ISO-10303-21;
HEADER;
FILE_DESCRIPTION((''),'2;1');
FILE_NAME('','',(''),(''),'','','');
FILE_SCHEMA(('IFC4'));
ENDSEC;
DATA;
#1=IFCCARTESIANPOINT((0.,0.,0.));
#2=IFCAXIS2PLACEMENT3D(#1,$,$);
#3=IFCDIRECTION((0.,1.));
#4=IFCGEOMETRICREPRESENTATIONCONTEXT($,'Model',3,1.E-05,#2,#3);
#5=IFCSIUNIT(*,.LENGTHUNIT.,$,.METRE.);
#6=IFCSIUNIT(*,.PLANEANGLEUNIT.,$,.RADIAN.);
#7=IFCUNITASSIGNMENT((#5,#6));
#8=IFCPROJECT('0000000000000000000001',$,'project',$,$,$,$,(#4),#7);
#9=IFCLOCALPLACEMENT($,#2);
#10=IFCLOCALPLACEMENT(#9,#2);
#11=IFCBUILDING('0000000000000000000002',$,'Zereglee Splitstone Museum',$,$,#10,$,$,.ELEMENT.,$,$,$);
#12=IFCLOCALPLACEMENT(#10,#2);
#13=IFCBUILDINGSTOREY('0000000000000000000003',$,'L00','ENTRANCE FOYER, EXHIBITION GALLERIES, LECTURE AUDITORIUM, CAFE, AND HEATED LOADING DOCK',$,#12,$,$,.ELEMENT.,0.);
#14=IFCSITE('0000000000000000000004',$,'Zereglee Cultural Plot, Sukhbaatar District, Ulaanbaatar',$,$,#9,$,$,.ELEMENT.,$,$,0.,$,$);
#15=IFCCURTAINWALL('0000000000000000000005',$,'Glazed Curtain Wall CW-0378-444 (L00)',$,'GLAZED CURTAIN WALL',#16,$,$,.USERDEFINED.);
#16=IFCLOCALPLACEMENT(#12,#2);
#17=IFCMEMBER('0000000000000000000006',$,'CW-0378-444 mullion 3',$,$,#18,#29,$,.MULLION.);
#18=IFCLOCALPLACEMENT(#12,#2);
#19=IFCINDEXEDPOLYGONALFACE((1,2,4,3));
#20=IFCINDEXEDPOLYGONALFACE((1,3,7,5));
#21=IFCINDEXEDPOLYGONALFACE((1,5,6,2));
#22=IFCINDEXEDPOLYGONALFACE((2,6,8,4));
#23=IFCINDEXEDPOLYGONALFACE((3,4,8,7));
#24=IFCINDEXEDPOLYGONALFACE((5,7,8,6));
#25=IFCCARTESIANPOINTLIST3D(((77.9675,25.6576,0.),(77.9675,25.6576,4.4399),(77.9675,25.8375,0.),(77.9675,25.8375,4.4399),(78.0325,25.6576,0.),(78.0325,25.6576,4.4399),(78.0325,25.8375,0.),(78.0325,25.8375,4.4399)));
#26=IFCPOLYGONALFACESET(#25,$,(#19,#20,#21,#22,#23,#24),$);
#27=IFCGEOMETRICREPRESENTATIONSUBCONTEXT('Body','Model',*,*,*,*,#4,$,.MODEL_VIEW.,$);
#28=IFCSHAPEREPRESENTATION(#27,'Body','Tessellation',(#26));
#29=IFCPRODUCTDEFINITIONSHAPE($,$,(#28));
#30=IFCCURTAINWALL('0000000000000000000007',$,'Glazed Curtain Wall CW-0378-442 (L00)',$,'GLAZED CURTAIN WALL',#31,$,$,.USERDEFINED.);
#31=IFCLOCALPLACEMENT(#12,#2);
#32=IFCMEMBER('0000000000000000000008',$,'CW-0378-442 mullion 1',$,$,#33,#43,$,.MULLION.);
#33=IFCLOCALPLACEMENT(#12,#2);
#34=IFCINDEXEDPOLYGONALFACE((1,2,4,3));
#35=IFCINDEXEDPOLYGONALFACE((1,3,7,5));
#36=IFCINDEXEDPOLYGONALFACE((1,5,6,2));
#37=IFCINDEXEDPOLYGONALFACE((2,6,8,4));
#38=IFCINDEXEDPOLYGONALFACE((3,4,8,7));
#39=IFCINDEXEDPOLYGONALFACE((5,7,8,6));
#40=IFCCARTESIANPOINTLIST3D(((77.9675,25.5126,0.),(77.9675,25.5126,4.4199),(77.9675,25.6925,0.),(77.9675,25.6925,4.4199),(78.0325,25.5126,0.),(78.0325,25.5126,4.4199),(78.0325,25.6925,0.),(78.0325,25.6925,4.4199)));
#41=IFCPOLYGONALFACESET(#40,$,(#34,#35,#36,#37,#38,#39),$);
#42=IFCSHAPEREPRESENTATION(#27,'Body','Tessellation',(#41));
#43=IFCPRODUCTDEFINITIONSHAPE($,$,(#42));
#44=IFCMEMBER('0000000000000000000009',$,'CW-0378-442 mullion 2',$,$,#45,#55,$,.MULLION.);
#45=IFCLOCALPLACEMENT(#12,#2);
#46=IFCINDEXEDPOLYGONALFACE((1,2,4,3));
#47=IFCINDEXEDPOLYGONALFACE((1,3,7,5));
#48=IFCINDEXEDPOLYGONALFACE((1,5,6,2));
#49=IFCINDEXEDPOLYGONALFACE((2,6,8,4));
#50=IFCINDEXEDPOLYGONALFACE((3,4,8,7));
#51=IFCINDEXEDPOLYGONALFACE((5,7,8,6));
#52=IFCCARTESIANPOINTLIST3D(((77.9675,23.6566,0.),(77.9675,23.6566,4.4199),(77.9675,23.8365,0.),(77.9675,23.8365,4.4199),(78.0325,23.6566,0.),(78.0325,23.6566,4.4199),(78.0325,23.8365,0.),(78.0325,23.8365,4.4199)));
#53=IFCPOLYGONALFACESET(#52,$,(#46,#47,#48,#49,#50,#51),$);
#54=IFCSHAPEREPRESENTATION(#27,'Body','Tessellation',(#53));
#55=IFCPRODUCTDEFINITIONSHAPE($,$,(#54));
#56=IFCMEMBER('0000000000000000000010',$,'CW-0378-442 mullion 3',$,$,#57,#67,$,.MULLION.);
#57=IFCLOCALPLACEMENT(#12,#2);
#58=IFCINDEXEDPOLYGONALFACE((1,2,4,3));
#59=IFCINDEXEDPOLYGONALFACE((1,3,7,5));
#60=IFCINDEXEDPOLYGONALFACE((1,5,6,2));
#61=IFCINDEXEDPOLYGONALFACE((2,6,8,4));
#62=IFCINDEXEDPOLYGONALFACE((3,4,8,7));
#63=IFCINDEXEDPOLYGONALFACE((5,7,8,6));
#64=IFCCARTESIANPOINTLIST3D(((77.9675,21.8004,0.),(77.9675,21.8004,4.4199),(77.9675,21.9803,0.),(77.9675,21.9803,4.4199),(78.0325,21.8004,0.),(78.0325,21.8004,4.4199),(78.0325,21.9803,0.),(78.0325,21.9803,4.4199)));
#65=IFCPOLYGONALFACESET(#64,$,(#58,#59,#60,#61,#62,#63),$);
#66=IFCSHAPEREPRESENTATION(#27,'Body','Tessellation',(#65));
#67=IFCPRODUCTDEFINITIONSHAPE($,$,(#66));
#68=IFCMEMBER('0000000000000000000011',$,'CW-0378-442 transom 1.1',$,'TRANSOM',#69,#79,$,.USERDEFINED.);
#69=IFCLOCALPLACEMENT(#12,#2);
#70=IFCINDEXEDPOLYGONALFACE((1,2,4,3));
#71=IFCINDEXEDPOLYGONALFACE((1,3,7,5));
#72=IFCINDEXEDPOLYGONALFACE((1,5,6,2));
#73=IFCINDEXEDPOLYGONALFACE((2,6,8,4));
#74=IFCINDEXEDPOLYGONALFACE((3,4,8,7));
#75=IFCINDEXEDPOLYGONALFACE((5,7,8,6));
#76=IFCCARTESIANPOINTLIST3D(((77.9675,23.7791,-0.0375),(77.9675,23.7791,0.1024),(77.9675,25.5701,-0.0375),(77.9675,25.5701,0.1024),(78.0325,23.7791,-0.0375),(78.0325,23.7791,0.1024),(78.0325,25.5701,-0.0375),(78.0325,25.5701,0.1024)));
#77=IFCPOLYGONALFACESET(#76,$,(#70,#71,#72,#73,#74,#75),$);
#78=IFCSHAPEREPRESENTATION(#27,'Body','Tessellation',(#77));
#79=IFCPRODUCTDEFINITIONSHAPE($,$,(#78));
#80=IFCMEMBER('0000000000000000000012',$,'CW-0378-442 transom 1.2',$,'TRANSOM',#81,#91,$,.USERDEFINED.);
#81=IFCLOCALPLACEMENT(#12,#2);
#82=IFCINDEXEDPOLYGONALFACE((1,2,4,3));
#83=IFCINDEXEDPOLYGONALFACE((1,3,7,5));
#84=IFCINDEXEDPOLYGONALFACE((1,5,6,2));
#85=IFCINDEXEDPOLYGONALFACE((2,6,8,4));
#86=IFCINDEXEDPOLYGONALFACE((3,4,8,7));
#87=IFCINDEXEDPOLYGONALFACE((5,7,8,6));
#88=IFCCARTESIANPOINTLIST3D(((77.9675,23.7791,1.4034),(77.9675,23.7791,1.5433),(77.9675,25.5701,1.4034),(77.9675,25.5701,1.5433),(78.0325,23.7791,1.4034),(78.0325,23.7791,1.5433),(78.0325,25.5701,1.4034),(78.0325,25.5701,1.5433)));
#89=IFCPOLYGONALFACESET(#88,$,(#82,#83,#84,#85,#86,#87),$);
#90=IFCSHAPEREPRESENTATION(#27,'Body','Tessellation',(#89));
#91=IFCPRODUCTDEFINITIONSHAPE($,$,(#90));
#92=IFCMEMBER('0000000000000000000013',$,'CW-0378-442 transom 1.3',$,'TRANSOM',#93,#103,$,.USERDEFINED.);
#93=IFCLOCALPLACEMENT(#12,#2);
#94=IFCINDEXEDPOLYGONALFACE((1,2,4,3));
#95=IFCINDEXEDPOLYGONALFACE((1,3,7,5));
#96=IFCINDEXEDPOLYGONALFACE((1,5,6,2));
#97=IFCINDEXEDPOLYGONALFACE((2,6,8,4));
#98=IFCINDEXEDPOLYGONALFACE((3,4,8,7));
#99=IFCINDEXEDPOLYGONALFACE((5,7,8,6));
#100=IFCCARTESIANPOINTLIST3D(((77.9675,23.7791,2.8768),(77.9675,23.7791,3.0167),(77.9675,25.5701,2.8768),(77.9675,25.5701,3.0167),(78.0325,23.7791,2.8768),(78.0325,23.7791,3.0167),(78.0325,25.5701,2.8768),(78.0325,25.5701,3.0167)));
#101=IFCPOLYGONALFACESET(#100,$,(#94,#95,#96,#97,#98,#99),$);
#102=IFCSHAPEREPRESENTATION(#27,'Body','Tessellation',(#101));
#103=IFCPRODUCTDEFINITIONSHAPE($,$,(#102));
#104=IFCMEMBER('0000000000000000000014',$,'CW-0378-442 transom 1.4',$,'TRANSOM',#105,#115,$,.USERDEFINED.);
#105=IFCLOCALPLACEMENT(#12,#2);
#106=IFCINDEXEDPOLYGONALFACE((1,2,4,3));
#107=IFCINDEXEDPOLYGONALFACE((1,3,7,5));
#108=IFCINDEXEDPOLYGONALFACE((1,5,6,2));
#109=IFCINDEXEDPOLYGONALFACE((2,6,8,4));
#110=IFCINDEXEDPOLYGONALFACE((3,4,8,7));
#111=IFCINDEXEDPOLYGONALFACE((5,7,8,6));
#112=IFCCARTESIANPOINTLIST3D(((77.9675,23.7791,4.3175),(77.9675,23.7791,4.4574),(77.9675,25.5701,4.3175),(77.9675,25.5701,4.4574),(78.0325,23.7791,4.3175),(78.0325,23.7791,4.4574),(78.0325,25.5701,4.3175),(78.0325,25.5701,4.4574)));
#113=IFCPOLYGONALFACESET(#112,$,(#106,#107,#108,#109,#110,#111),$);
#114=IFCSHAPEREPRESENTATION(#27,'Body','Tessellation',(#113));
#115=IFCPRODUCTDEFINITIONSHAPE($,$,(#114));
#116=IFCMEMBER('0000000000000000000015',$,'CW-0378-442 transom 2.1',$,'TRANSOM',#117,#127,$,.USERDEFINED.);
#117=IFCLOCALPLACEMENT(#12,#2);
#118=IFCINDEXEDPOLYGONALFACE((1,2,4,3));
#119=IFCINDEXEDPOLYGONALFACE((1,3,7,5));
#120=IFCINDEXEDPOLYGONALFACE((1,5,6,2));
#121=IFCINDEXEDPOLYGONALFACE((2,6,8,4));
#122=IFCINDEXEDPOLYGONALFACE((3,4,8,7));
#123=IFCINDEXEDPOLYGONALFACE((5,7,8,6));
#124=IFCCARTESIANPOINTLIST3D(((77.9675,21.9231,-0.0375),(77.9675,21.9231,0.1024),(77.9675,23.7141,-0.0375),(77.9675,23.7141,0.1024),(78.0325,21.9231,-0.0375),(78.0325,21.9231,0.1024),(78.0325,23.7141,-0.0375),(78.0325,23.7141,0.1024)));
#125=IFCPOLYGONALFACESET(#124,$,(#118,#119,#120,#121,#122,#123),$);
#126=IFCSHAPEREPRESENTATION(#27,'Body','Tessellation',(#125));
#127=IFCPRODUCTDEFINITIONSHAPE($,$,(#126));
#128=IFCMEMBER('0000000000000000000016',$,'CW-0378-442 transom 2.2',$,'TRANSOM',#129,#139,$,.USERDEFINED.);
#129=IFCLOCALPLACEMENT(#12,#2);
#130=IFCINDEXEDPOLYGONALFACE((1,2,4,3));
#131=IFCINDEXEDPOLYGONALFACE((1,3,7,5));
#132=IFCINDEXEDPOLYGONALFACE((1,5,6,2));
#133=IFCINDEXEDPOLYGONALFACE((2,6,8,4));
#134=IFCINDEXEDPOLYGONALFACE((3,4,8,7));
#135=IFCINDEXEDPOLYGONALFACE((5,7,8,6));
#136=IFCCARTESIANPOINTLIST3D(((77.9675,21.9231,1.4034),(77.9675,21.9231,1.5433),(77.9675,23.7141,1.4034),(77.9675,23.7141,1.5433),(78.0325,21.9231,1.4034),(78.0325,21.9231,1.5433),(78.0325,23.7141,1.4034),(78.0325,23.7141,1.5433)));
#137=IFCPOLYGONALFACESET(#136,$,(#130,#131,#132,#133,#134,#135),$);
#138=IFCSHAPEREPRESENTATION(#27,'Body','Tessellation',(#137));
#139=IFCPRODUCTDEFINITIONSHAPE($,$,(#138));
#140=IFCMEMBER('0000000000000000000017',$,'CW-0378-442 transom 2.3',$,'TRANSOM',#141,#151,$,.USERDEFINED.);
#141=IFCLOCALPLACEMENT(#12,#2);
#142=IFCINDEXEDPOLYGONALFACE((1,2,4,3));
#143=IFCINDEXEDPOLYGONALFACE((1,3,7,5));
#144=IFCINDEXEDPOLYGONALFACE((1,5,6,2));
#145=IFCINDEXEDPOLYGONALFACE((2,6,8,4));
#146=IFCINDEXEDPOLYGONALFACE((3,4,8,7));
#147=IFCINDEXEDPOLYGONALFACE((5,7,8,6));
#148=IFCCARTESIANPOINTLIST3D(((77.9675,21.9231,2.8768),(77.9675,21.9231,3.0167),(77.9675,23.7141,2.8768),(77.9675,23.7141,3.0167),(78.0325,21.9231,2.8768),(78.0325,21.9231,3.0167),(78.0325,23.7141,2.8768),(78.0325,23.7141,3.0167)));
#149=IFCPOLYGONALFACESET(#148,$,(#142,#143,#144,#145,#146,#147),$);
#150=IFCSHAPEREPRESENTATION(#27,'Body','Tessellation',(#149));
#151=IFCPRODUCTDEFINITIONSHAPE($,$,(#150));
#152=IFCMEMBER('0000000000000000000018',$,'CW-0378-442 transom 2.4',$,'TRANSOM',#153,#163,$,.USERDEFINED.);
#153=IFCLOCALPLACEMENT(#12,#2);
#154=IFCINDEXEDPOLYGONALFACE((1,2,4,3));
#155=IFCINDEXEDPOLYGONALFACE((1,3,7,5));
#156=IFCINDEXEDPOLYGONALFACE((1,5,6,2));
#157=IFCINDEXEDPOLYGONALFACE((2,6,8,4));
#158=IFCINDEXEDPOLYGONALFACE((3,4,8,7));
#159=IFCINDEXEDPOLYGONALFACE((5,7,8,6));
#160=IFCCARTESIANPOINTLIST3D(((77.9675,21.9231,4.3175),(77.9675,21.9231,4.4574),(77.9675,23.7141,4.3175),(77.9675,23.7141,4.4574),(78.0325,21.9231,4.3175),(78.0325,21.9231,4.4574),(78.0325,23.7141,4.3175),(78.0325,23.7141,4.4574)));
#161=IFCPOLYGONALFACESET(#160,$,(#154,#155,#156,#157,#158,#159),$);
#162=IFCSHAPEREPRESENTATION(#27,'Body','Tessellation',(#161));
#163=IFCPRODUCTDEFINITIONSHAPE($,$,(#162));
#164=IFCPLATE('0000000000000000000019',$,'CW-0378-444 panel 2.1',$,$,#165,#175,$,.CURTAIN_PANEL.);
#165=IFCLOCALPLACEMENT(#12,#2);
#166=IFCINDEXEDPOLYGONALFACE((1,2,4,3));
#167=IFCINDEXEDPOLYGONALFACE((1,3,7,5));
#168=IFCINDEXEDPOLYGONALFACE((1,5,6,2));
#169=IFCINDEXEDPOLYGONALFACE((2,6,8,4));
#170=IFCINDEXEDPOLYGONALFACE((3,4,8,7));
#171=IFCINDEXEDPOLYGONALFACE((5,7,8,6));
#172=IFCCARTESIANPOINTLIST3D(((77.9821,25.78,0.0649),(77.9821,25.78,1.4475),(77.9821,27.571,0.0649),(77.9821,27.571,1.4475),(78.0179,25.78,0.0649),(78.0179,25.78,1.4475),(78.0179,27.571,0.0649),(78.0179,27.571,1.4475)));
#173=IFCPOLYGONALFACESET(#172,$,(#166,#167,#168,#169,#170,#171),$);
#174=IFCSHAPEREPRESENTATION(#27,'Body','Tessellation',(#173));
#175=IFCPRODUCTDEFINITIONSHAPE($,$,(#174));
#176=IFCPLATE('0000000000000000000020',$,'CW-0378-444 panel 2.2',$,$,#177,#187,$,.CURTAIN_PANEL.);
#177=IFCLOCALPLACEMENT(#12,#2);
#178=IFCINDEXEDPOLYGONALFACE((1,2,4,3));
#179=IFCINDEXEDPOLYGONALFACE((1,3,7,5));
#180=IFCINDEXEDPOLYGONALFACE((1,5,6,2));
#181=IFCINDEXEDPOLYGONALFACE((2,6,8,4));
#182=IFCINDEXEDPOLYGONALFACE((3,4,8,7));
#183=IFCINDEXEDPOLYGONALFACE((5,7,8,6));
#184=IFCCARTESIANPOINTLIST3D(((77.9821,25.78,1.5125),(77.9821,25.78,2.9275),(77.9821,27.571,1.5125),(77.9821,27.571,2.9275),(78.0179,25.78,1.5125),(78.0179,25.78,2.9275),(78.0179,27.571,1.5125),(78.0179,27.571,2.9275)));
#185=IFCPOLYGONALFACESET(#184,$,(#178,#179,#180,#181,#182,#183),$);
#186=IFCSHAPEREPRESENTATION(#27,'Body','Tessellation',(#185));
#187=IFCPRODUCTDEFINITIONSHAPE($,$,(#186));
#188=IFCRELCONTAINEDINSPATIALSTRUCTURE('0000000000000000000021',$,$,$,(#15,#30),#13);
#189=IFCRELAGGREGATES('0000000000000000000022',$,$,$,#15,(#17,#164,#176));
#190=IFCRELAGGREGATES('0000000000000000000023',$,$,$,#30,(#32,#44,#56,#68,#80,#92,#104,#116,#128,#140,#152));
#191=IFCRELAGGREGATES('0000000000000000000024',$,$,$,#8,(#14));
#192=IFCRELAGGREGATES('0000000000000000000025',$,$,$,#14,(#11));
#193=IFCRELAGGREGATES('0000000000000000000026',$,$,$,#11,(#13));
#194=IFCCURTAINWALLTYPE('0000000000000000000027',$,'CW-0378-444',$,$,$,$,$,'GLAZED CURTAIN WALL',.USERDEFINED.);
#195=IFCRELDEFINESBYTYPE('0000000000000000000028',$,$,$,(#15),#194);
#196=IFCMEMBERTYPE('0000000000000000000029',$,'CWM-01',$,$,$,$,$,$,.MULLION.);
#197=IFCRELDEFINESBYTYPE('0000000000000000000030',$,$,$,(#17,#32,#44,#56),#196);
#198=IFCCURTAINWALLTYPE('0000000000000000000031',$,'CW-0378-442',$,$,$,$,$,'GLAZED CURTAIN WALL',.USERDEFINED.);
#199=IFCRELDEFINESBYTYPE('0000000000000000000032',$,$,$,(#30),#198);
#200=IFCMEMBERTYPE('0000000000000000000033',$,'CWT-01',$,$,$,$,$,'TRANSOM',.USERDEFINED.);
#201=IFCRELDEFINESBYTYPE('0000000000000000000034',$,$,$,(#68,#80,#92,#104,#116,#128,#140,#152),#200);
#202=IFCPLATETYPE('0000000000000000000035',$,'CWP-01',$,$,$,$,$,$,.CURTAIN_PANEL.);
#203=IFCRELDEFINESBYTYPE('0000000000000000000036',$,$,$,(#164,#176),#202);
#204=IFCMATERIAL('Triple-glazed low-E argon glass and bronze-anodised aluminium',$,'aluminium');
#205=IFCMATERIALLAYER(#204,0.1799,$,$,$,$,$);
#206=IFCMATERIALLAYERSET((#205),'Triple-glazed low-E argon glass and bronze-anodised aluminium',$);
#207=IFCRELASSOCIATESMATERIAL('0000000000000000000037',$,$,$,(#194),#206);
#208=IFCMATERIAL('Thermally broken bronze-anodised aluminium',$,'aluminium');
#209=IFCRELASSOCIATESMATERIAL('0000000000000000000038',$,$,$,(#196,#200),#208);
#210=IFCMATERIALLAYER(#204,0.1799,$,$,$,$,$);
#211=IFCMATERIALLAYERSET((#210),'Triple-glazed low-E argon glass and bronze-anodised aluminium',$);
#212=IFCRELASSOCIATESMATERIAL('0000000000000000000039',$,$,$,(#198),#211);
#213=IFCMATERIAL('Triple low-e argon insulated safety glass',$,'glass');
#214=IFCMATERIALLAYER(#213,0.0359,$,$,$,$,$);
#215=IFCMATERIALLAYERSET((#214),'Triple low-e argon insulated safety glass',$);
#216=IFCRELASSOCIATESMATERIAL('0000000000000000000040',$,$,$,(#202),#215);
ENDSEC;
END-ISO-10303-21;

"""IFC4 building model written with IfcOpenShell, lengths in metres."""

from ifc_helpers import new_model, si_unit, direction, frame, origin, origin_2d, place, context, subcontext, project, spatial, rectangle, extrude, material, layer, layer_set, material_profile, profile_set, type_object, element, aggregate, save


model = new_model("IFC4")

# Units and contexts
model_context = context("Model", 3, precision=1e-05, world=origin(), true_north=direction((0.0, 1.0)))
body_context = subcontext(model_context, "Body", "Model", "MODEL_VIEW")
ifc_project = project(units=[si_unit("LENGTHUNIT", "METRE"), si_unit("PLANEANGLEUNIT", "RADIAN")], contexts=[model_context])

# Site, building, storey
site_placement = place(None, origin())
site = spatial("IfcSite", under=ifc_project, at=site_placement, Name="Zereglee Cultural Plot, Sukhbaatar District, Ulaanbaatar", CompositionType="ELEMENT", RefElevation=0.0)
building_placement = place(site_placement, origin())
building = spatial("IfcBuilding", under=site, at=building_placement, Name="Zereglee Splitstone Museum", CompositionType="ELEMENT")
storey_placement = place(building_placement, origin())
storey = spatial("IfcBuildingStorey", under=building, at=storey_placement, Name="L00", Description="ENTRANCE FOYER, EXHIBITION GALLERIES, LECTURE AUDITORIUM, CAFE, AND HEATED LOADING DOCK", CompositionType="ELEMENT", Elevation=0.0)

# Curtain wall, member
ifc_material_1 = material(Name="Triple-glazed low-E argon glass and bronze-anodised aluminium", Category="aluminium")
ifc_layer_1 = layer(ifc_material_1, 0.1799)
ifc_layer_set_1 = layer_set([ifc_layer_1], Name="Triple-glazed low-E argon glass and bronze-anodised aluminium")
curtain_wall_type_1 = type_object("IfcCurtainWallType", Name="CW-0378-444", ElementType="GLAZED CURTAIN WALL", PredefinedType="USERDEFINED", material=ifc_layer_set_1)
curtain_wall_1_placement = place(storey_placement, origin())
curtain_wall_1 = element("IfcCurtainWall", 1, at=curtain_wall_1_placement, inside=storey, type_object=curtain_wall_type_1, Name="Glazed Curtain Wall CW-0378-444 (L00)", ObjectType="GLAZED CURTAIN WALL", PredefinedType="USERDEFINED")
ifc_material_2 = material(Name="Thermally broken bronze-anodised aluminium", Category="aluminium")
ifc_material_profile_1 = material_profile(ifc_material_2, rectangle(XDim=0.0649, YDim=0.1799, at=origin_2d()), Name="CW MULL 65x180")
ifc_profile_set_1 = profile_set([ifc_material_profile_1], Name="Thermally broken bronze-anodised aluminium")
member_type_1 = type_object("IfcMemberType", Name="CWM-01", PredefinedType="MULLION", material=ifc_profile_set_1)
member_1_placement = place(storey_placement, frame((78.0, 25.7476, 0.0), z_axis=(0.0, 0.0, 1.0), x_axis=(1.0, 0.0, 0.0)))
member_1 = element("IfcMember", 2, at=member_1_placement, type_object=member_type_1, Name="CW-0378-444 mullion 3", PredefinedType="MULLION", context=body_context, shape_type="SweptSolid", body=[
    extrude(rectangle(XDim=0.0649, YDim=0.1799, at=origin_2d()), origin(), (0.0, 0.0, 1.0), 4.4399),
])

# Curtain wall, members
ifc_layer_2 = layer(ifc_material_1, 0.1799)
ifc_layer_set_2 = layer_set([ifc_layer_2], Name="Triple-glazed low-E argon glass and bronze-anodised aluminium")
curtain_wall_type_2 = type_object("IfcCurtainWallType", Name="CW-0378-442", ElementType="GLAZED CURTAIN WALL", PredefinedType="USERDEFINED", material=ifc_layer_set_2)
curtain_wall_2_placement = place(storey_placement, origin())
curtain_wall_2 = element("IfcCurtainWall", 3, at=curtain_wall_2_placement, inside=storey, type_object=curtain_wall_type_2, Name="Glazed Curtain Wall CW-0378-442 (L00)", ObjectType="GLAZED CURTAIN WALL", PredefinedType="USERDEFINED")
member_2_placement = place(storey_placement, frame((78.0, 25.6025, 0.0), z_axis=(0.0, 0.0, 1.0), x_axis=(1.0, 0.0, 0.0)))
member_2 = element("IfcMember", 4, at=member_2_placement, type_object=member_type_1, Name="CW-0378-442 mullion 1", PredefinedType="MULLION", context=body_context, shape_type="SweptSolid", body=[
    extrude(rectangle(XDim=0.0649, YDim=0.1799, at=origin_2d()), origin(), (0.0, 0.0, 1.0), 4.4199),
])
member_3_placement = place(storey_placement, frame((78.0, 23.7466, 0.0), z_axis=(0.0, 0.0, 1.0), x_axis=(1.0, 0.0, 0.0)))
member_3 = element("IfcMember", 5, at=member_3_placement, type_object=member_type_1, Name="CW-0378-442 mullion 2", PredefinedType="MULLION", context=body_context, shape_type="SweptSolid", body=[
    extrude(rectangle(XDim=0.0649, YDim=0.1799, at=origin_2d()), origin(), (0.0, 0.0, 1.0), 4.4199),
])
member_4_placement = place(storey_placement, frame((78.0, 21.8904, 0.0), z_axis=(0.0, 0.0, 1.0), x_axis=(1.0, 0.0, 0.0)))
member_4 = element("IfcMember", 6, at=member_4_placement, type_object=member_type_1, Name="CW-0378-442 mullion 3", PredefinedType="MULLION", context=body_context, shape_type="SweptSolid", body=[
    extrude(rectangle(XDim=0.0649, YDim=0.1799, at=origin_2d()), origin(), (0.0, 0.0, 1.0), 4.4199),
])
ifc_material_profile_2 = material_profile(ifc_material_2, rectangle(XDim=0.0649, YDim=0.1399, at=origin_2d()), Name="CW TRAN 65x140")
ifc_profile_set_2 = profile_set([ifc_material_profile_2], Name="Thermally broken bronze-anodised aluminium")
member_type_2 = type_object("IfcMemberType", Name="CWT-01", ElementType="TRANSOM", PredefinedType="USERDEFINED", material=ifc_profile_set_2)
member_5_placement = place(storey_placement, frame((78.0, 25.5701, 0.0325), z_axis=(0.0, -1.0, 0.0), x_axis=(1.0, 0.0, 0.0)))
member_5 = element("IfcMember", 7, at=member_5_placement, type_object=member_type_2, Name="CW-0378-442 transom 1.1", ObjectType="TRANSOM", PredefinedType="USERDEFINED", context=body_context, shape_type="SweptSolid", body=[
    extrude(rectangle(XDim=0.0649, YDim=0.1399, at=origin_2d()), origin(), (0.0, 0.0, 1.0), 1.791),
])
member_6_placement = place(storey_placement, frame((78.0, 25.5701, 1.4734), z_axis=(0.0, -1.0, 0.0), x_axis=(1.0, 0.0, 0.0)))
member_6 = element("IfcMember", 8, at=member_6_placement, type_object=member_type_2, Name="CW-0378-442 transom 1.2", ObjectType="TRANSOM", PredefinedType="USERDEFINED", context=body_context, shape_type="SweptSolid", body=[
    extrude(rectangle(XDim=0.0649, YDim=0.1399, at=origin_2d()), origin(), (0.0, 0.0, 1.0), 1.791),
])
member_7_placement = place(storey_placement, frame((78.0, 25.5701, 2.9468), z_axis=(0.0, -1.0, 0.0), x_axis=(1.0, 0.0, 0.0)))
member_7 = element("IfcMember", 9, at=member_7_placement, type_object=member_type_2, Name="CW-0378-442 transom 1.3", ObjectType="TRANSOM", PredefinedType="USERDEFINED", context=body_context, shape_type="SweptSolid", body=[
    extrude(rectangle(XDim=0.0649, YDim=0.1399, at=origin_2d()), origin(), (0.0, 0.0, 1.0), 1.791),
])
member_8_placement = place(storey_placement, frame((78.0, 25.5701, 4.3875), z_axis=(0.0, -1.0, 0.0), x_axis=(1.0, 0.0, 0.0)))
member_8 = element("IfcMember", 10, at=member_8_placement, type_object=member_type_2, Name="CW-0378-442 transom 1.4", ObjectType="TRANSOM", PredefinedType="USERDEFINED", context=body_context, shape_type="SweptSolid", body=[
    extrude(rectangle(XDim=0.0649, YDim=0.1399, at=origin_2d()), origin(), (0.0, 0.0, 1.0), 1.791),
])
member_9_placement = place(storey_placement, frame((78.0, 23.7141, 0.0325), z_axis=(0.0, -1.0, 0.0), x_axis=(1.0, 0.0, 0.0)))
member_9 = element("IfcMember", 11, at=member_9_placement, type_object=member_type_2, Name="CW-0378-442 transom 2.1", ObjectType="TRANSOM", PredefinedType="USERDEFINED", context=body_context, shape_type="SweptSolid", body=[
    extrude(rectangle(XDim=0.0649, YDim=0.1399, at=origin_2d()), origin(), (0.0, 0.0, 1.0), 1.791),
])
member_10_placement = place(storey_placement, frame((78.0, 23.7141, 1.4734), z_axis=(0.0, -1.0, 0.0), x_axis=(1.0, 0.0, 0.0)))
member_10 = element("IfcMember", 12, at=member_10_placement, type_object=member_type_2, Name="CW-0378-442 transom 2.2", ObjectType="TRANSOM", PredefinedType="USERDEFINED", context=body_context, shape_type="SweptSolid", body=[
    extrude(rectangle(XDim=0.0649, YDim=0.1399, at=origin_2d()), origin(), (0.0, 0.0, 1.0), 1.791),
])
member_11_placement = place(storey_placement, frame((78.0, 23.7141, 2.9468), z_axis=(0.0, -1.0, 0.0), x_axis=(1.0, 0.0, 0.0)))
member_11 = element("IfcMember", 13, at=member_11_placement, type_object=member_type_2, Name="CW-0378-442 transom 2.3", ObjectType="TRANSOM", PredefinedType="USERDEFINED", context=body_context, shape_type="SweptSolid", body=[
    extrude(rectangle(XDim=0.0649, YDim=0.1399, at=origin_2d()), origin(), (0.0, 0.0, 1.0), 1.791),
])
member_12_placement = place(storey_placement, frame((78.0, 23.7141, 4.3875), z_axis=(0.0, -1.0, 0.0), x_axis=(1.0, 0.0, 0.0)))
member_12 = element("IfcMember", 14, at=member_12_placement, type_object=member_type_2, Name="CW-0378-442 transom 2.4", ObjectType="TRANSOM", PredefinedType="USERDEFINED", context=body_context, shape_type="SweptSolid", body=[
    extrude(rectangle(XDim=0.0649, YDim=0.1399, at=origin_2d()), origin(), (0.0, 0.0, 1.0), 1.791),
])

# Plates
ifc_material_3 = material(Name="Triple low-e argon insulated safety glass", Category="glass")
ifc_layer_3 = layer(ifc_material_3, 0.0359)
ifc_layer_set_3 = layer_set([ifc_layer_3], Name="Triple low-e argon insulated safety glass")
plate_type = type_object("IfcPlateType", Name="CWP-01", PredefinedType="CURTAIN_PANEL", material=ifc_layer_set_3)
plate_1_placement = place(storey_placement, frame((78.0, 26.6755, 0.0649), z_axis=(0.0, 0.0, 1.0), x_axis=(0.0, -1.0, 0.0)))
plate_1 = element("IfcPlate", 15, at=plate_1_placement, type_object=plate_type, Name="CW-0378-444 panel 2.1", PredefinedType="CURTAIN_PANEL", context=body_context, shape_type="SweptSolid", body=[
    extrude(rectangle(XDim=1.791, YDim=0.0359, at=origin_2d()), origin(), (0.0, 0.0, 1.0), 1.3826),
])
plate_2_placement = place(storey_placement, frame((78.0, 26.6755, 1.5125), z_axis=(0.0, 0.0, 1.0), x_axis=(0.0, -1.0, 0.0)))
plate_2 = element("IfcPlate", 16, at=plate_2_placement, type_object=plate_type, Name="CW-0378-444 panel 2.2", PredefinedType="CURTAIN_PANEL", context=body_context, shape_type="SweptSolid", body=[
    extrude(rectangle(XDim=1.791, YDim=0.0359, at=origin_2d()), origin(), (0.0, 0.0, 1.0), 1.415),
])
aggregate(curtain_wall_1, [member_1, plate_1, plate_2])
aggregate(curtain_wall_2, [member_2, member_3, member_4, member_5, member_6, member_7, member_8, member_9, member_10, member_11, member_12])

save(model, "model.ifc")
